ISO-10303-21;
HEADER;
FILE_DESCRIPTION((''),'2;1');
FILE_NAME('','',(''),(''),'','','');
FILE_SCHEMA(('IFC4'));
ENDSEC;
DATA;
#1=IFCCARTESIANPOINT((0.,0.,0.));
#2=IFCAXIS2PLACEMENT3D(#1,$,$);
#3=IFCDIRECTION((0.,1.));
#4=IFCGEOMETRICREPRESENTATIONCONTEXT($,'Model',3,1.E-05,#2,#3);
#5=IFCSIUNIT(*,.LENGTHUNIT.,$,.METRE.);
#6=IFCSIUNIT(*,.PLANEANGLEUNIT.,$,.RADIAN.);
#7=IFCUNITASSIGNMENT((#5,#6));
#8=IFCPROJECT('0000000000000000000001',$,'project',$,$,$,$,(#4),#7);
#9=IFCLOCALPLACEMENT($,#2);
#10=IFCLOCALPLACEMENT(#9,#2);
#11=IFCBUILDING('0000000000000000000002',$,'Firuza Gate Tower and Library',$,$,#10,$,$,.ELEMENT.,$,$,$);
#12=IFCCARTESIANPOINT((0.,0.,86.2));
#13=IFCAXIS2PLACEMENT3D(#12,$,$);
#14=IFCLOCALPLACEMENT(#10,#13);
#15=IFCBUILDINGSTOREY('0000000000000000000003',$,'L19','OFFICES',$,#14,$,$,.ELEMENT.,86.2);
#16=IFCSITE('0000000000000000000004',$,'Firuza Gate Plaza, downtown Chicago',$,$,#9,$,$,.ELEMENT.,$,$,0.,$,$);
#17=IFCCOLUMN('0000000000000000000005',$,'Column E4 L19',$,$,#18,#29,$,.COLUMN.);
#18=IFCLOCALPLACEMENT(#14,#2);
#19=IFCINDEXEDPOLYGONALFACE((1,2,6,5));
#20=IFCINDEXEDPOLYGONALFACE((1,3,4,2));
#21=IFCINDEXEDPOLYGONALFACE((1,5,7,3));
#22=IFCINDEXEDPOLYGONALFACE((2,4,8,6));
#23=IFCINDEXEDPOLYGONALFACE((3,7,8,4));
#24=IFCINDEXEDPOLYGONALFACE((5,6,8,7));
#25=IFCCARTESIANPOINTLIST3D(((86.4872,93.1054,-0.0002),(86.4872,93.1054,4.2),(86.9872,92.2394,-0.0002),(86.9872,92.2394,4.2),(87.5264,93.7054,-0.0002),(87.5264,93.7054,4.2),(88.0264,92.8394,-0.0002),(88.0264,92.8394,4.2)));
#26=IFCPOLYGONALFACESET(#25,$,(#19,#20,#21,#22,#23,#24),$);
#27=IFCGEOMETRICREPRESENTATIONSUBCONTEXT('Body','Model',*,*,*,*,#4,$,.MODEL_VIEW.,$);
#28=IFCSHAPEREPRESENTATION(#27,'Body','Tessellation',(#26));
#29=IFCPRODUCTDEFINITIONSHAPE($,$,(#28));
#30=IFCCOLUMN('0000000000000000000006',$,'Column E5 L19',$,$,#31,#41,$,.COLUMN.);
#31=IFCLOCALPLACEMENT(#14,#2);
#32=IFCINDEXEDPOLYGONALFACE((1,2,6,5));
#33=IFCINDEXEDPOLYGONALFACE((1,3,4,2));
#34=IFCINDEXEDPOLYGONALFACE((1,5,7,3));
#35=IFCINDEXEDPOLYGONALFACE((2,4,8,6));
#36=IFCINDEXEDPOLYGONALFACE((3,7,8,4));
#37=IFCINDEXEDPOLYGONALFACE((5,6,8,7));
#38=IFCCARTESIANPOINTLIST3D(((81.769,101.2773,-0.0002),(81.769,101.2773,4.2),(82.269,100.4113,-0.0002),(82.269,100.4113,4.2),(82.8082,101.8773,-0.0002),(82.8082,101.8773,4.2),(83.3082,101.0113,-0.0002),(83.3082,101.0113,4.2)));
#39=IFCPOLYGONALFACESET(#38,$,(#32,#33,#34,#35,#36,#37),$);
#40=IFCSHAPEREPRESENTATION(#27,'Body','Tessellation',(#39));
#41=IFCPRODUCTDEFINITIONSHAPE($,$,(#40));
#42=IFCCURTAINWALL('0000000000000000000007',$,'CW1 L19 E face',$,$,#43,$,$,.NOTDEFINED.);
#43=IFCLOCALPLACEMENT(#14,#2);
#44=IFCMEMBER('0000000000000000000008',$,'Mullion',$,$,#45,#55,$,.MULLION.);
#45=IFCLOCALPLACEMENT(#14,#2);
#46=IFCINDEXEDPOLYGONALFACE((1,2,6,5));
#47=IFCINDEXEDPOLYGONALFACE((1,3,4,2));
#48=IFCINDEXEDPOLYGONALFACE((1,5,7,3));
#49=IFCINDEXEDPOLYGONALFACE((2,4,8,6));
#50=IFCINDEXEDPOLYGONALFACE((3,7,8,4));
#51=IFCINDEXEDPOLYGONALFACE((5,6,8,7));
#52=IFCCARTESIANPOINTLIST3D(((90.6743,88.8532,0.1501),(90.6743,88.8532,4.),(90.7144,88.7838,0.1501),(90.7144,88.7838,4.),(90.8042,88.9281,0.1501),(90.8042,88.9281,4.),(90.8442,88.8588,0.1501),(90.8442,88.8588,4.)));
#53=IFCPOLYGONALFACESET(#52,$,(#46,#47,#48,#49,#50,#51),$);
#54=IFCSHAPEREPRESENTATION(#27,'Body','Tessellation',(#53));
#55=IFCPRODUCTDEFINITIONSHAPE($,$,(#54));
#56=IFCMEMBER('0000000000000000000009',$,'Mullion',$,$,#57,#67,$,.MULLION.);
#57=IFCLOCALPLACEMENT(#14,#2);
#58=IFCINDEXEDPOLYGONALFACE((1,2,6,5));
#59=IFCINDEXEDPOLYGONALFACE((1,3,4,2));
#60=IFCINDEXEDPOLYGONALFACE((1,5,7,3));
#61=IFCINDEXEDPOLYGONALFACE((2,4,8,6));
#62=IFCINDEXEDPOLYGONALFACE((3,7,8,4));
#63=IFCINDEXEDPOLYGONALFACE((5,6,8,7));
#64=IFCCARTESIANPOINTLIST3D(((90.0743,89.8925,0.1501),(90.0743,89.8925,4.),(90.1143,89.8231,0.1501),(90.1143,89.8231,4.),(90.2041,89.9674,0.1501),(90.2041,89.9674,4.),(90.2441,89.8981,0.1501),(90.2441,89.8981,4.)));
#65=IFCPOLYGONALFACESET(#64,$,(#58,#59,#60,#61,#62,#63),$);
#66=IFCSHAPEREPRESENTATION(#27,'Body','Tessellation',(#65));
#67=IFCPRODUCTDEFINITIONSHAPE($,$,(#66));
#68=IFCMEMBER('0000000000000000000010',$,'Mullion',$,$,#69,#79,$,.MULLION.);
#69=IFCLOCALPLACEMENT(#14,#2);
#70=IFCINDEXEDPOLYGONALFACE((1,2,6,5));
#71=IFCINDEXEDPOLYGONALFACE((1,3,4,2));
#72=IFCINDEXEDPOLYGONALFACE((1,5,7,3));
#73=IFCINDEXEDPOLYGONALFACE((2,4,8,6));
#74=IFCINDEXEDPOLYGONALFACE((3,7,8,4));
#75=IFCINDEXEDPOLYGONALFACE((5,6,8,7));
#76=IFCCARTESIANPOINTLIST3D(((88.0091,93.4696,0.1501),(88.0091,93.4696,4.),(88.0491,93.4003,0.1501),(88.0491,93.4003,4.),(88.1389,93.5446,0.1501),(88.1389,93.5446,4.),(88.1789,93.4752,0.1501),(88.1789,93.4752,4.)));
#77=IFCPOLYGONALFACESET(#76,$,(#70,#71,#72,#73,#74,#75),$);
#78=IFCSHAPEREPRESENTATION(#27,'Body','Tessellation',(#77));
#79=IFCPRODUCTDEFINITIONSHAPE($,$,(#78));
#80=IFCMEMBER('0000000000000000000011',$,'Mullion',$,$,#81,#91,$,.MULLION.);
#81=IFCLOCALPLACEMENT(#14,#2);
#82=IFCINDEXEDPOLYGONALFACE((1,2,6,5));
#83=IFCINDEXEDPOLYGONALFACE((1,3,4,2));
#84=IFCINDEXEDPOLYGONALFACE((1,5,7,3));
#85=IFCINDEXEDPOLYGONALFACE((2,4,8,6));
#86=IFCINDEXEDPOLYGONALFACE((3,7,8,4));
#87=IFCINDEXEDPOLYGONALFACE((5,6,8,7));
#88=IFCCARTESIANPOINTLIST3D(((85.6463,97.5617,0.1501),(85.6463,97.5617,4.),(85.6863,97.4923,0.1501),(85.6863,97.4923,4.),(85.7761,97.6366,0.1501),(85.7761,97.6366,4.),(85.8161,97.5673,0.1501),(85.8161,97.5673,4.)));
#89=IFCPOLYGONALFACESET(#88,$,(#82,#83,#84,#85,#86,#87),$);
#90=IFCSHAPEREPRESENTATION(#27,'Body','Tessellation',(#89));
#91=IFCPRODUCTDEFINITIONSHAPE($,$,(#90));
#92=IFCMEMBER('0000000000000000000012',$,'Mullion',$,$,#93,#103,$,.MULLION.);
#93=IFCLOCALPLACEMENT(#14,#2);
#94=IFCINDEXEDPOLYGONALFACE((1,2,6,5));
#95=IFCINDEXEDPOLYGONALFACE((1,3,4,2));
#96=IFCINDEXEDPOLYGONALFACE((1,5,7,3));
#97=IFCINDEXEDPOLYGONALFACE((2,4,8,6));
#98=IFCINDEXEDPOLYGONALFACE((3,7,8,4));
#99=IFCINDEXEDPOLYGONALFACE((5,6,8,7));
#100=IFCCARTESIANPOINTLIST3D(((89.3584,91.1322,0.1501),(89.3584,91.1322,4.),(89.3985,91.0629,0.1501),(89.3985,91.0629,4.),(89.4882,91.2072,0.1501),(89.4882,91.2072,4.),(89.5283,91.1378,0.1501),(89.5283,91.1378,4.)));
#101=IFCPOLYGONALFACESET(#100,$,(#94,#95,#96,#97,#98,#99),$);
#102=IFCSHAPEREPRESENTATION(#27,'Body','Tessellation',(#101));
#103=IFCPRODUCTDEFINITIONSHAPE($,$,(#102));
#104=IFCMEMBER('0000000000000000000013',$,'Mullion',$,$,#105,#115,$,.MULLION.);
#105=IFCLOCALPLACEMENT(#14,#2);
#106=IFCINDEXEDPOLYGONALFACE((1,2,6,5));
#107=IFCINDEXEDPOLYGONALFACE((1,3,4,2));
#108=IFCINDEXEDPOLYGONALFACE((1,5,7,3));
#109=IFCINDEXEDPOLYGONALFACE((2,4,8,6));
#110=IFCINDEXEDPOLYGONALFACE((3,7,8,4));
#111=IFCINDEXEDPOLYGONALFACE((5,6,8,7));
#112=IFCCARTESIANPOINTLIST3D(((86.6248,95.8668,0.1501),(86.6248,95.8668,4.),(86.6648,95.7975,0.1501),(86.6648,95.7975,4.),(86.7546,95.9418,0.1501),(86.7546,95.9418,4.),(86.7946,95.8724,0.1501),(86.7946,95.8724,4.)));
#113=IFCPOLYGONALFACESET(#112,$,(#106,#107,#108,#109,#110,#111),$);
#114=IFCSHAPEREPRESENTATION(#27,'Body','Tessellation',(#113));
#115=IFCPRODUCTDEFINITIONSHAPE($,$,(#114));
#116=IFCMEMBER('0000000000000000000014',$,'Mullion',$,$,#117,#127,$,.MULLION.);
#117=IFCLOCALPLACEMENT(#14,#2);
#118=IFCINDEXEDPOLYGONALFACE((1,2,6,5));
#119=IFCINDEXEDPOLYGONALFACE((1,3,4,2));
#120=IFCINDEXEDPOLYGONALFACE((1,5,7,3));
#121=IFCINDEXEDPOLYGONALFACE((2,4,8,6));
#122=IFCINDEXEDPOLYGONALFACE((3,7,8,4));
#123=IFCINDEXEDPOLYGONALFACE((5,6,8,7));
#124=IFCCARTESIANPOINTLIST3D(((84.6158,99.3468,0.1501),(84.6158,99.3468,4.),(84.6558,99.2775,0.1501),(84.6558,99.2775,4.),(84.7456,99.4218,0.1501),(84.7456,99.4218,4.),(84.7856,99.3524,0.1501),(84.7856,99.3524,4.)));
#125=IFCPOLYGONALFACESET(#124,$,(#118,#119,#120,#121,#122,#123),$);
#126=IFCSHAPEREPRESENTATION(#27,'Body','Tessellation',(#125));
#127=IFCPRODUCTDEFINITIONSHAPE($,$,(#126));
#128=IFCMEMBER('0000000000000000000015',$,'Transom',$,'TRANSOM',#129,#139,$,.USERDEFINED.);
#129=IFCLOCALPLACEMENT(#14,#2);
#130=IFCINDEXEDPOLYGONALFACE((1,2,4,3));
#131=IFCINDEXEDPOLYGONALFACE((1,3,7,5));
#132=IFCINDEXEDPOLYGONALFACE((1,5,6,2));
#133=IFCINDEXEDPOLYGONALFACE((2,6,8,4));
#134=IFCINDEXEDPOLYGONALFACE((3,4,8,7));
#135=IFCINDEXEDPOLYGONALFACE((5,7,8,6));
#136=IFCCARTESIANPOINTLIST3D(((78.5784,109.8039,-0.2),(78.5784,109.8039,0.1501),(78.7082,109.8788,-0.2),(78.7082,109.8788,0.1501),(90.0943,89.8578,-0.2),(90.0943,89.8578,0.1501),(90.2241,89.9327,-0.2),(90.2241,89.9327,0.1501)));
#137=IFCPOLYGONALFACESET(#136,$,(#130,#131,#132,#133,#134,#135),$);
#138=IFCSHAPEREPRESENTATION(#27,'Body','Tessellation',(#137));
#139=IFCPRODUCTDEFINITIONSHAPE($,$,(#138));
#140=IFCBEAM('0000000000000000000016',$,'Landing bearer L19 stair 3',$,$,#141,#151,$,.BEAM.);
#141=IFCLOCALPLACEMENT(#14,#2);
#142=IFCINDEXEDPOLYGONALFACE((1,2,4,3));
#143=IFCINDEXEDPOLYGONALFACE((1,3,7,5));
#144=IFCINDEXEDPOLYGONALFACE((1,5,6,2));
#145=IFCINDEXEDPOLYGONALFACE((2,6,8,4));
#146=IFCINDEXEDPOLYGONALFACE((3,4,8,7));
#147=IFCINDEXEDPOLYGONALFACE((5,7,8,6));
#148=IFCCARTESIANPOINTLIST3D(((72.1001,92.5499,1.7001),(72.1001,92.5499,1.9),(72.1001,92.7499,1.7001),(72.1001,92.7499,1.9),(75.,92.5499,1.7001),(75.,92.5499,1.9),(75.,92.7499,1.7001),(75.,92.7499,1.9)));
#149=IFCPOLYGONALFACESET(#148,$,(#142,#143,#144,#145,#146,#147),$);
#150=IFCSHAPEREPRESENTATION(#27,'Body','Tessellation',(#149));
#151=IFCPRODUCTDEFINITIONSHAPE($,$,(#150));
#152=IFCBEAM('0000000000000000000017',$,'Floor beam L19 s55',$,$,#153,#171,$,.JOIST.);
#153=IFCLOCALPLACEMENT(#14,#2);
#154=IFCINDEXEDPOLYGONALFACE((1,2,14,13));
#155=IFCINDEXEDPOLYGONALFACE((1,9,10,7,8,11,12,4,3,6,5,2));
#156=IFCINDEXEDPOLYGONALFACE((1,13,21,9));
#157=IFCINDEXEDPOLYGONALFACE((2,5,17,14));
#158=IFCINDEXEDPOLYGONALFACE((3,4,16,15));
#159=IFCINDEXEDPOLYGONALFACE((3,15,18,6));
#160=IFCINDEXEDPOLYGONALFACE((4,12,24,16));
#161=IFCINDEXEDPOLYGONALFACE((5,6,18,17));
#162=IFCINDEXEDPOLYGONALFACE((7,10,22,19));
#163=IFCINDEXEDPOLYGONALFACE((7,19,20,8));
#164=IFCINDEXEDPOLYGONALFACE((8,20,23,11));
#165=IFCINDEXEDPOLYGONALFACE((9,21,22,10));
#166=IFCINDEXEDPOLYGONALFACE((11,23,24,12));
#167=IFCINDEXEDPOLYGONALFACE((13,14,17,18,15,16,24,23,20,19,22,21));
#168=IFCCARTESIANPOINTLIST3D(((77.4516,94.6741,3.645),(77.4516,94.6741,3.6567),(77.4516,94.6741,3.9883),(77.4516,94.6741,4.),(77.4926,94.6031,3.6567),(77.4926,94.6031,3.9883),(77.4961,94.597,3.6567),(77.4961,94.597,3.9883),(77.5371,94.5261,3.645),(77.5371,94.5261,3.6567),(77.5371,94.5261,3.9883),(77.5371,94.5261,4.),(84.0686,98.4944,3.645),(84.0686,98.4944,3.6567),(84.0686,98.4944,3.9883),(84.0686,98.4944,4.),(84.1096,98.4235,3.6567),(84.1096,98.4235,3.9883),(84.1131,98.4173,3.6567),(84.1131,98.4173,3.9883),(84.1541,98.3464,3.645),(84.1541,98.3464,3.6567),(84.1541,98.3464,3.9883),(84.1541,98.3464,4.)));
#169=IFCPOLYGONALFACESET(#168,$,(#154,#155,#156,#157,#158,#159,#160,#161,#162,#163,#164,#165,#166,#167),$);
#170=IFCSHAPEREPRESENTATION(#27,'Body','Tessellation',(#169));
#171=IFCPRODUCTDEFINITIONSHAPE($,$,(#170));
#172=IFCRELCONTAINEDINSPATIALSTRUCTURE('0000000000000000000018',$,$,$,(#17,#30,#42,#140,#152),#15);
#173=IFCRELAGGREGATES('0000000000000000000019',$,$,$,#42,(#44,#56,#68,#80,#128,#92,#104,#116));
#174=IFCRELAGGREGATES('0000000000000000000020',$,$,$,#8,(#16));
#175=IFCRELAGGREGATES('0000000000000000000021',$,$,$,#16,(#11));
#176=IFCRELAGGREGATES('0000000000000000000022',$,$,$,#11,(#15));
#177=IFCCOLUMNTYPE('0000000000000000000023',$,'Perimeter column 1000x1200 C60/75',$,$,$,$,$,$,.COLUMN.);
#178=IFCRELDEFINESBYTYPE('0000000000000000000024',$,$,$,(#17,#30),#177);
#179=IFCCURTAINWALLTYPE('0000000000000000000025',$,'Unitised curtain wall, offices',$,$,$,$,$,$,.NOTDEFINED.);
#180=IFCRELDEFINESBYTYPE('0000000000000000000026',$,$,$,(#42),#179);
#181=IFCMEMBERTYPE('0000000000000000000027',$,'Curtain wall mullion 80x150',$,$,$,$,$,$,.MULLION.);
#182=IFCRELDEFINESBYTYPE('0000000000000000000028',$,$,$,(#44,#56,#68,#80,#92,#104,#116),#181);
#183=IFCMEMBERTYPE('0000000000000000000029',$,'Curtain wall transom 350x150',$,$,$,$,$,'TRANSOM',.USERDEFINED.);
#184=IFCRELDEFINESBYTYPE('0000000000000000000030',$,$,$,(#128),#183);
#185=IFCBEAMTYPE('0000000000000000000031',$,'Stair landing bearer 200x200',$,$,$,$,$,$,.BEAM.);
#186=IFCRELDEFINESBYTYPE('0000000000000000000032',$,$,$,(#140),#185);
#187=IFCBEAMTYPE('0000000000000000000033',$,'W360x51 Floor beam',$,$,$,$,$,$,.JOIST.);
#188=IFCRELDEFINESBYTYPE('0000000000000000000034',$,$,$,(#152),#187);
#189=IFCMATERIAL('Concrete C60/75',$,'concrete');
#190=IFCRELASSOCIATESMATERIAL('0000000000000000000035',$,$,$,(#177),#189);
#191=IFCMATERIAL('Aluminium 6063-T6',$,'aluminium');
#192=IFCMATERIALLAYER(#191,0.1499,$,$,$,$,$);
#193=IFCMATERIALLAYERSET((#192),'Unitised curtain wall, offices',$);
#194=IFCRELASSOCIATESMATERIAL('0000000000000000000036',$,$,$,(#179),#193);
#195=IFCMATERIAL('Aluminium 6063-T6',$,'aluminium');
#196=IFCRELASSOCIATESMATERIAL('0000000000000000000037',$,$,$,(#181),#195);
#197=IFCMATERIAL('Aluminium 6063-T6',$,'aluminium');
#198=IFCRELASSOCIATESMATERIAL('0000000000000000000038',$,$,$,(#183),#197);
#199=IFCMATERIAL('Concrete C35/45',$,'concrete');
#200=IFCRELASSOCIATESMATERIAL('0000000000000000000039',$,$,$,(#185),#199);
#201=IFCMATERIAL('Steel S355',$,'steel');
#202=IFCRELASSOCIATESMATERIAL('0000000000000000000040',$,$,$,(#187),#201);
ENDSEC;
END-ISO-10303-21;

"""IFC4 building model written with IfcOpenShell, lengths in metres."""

from ifc_helpers import new_model, si_unit, direction, frame, origin, origin_2d, place, context, subcontext, project, spatial, rectangle, i_section, extrude, material, layer, layer_set, material_profile, profile_set, type_object, element, aggregate, save


model = new_model("IFC4")

# Units and contexts
model_context = context("Model", 3, precision=1e-05, world=origin(), true_north=direction((0.0, 1.0)))
body_context = subcontext(model_context, "Body", "Model", "MODEL_VIEW")
ifc_project = project(units=[si_unit("LENGTHUNIT", "METRE"), si_unit("PLANEANGLEUNIT", "RADIAN")], contexts=[model_context])

# Site, building, storey
site_placement = place(None, origin())
site = spatial("IfcSite", under=ifc_project, at=site_placement, Name="Firuza Gate Plaza, downtown Chicago", CompositionType="ELEMENT", RefElevation=0.0)
building_placement = place(site_placement, origin())
building = spatial("IfcBuilding", under=site, at=building_placement, Name="Firuza Gate Tower and Library", CompositionType="ELEMENT")
storey_placement = place(building_placement, frame((0.0, 0.0, 86.2)))
storey = spatial("IfcBuildingStorey", under=building, at=storey_placement, Name="L19", Description="OFFICES", CompositionType="ELEMENT", Elevation=86.2)

# Columns
ifc_material_1 = material(Name="Concrete C60/75", Category="concrete")
ifc_material_profile_1 = material_profile(ifc_material_1, rectangle(XDim=1.0, YDim=1.2, at=origin_2d()))
ifc_profile_set_1 = profile_set([ifc_material_profile_1], Name="Concrete C60/75")
column_type = type_object("IfcColumnType", Name="Perimeter column 1000x1200 C60/75", PredefinedType="COLUMN", material=ifc_profile_set_1)
for number, where, z_axis, x_axis, name in (
    (1, (87.2568, 92.9724, -0.0002), (0.0, 0.0, 1.0), (-0.5, 0.866025, 0.0), "Column E4 L19"),
    (2, (82.5386, 101.1443, -0.0002), (0.0, 0.0, 1.0), (-0.5, 0.866025, 0.0), "Column E5 L19"),
):
    element("IfcColumn", number, at=place(storey_placement, frame(where, z_axis=z_axis, x_axis=x_axis)), inside=storey, type_object=column_type, Name=name, PredefinedType="COLUMN", context=body_context, shape_type="SweptSolid", body=[
        extrude(rectangle(XDim=1.0, YDim=1.2, at=origin_2d()), origin(), (0.0, 0.0, 1.0), 4.2002),
    ])

# Curtain wall, members
ifc_material_2 = material(Name="Aluminium 6063-T6", Category="aluminium")
ifc_layer_1 = layer(ifc_material_2, 0.1499)
ifc_layer_set_1 = layer_set([ifc_layer_1], Name="Unitised curtain wall, offices")
curtain_wall_type = type_object("IfcCurtainWallType", Name="Unitised curtain wall, offices", PredefinedType="NOTDEFINED", material=ifc_layer_set_1)
curtain_wall_placement = place(storey_placement, origin())
curtain_wall = element("IfcCurtainWall", 3, at=curtain_wall_placement, inside=storey, type_object=curtain_wall_type, Name="CW1 L19 E face", PredefinedType="NOTDEFINED")
ifc_material_3 = material(Name="Aluminium 6063-T6", Category="aluminium")
ifc_material_profile_2 = material_profile(ifc_material_3, rectangle(XDim=0.1499, YDim=0.0801, at=origin_2d()))
ifc_profile_set_2 = profile_set([ifc_material_profile_2], Name="Aluminium 6063-T6")
member_type_1 = type_object("IfcMemberType", Name="Curtain wall mullion 80x150", PredefinedType="MULLION", material=ifc_profile_set_2)
member_1_placement = place(storey_placement, frame((90.7593, 88.856, 0.1501), z_axis=(0.0, 0.0, 1.0), x_axis=(-0.866025, -0.5, 0.0)))
member_1 = element("IfcMember", 4, at=member_1_placement, type_object=member_type_1, Name="Mullion", PredefinedType="MULLION", context=body_context, shape_type="SweptSolid", body=[
    extrude(rectangle(XDim=0.1499, YDim=0.0801, at=origin_2d()), origin(), (0.0, 0.0, 1.0), 3.8499),
])
member_2_placement = place(storey_placement, frame((90.1592, 89.8953, 0.1501), z_axis=(0.0, 0.0, 1.0), x_axis=(-0.866025, -0.5, 0.0)))
member_2 = element("IfcMember", 5, at=member_2_placement, type_object=member_type_1, Name="Mullion", PredefinedType="MULLION", context=body_context, shape_type="SweptSolid", body=[
    extrude(rectangle(XDim=0.1499, YDim=0.0801, at=origin_2d()), origin(), (0.0, 0.0, 1.0), 3.8499),
])
member_3_placement = place(storey_placement, frame((88.094, 93.4724, 0.1501), z_axis=(0.0, 0.0, 1.0), x_axis=(-0.866025, -0.5, 0.0)))
member_3 = element("IfcMember", 6, at=member_3_placement, type_object=member_type_1, Name="Mullion", PredefinedType="MULLION", context=body_context, shape_type="SweptSolid", body=[
    extrude(rectangle(XDim=0.1499, YDim=0.0801, at=origin_2d()), origin(), (0.0, 0.0, 1.0), 3.8499),
])
member_4_placement = place(storey_placement, frame((85.7312, 97.5645, 0.1501), z_axis=(0.0, 0.0, 1.0), x_axis=(-0.866025, -0.5, 0.0)))
member_4 = element("IfcMember", 7, at=member_4_placement, type_object=member_type_1, Name="Mullion", PredefinedType="MULLION", context=body_context, shape_type="SweptSolid", body=[
    extrude(rectangle(XDim=0.1499, YDim=0.0801, at=origin_2d()), origin(), (0.0, 0.0, 1.0), 3.8499),
])
member_5_placement = place(storey_placement, frame((89.4434, 91.135, 0.1501), z_axis=(0.0, 0.0, 1.0), x_axis=(-0.866025, -0.5, 0.0)))
member_5 = element("IfcMember", 8, at=member_5_placement, type_object=member_type_1, Name="Mullion", PredefinedType="MULLION", context=body_context, shape_type="SweptSolid", body=[
    extrude(rectangle(XDim=0.1499, YDim=0.0801, at=origin_2d()), origin(), (0.0, 0.0, 1.0), 3.8499),
])
member_6_placement = place(storey_placement, frame((86.7097, 95.8696, 0.1501), z_axis=(0.0, 0.0, 1.0), x_axis=(-0.866025, -0.5, 0.0)))
member_6 = element("IfcMember", 9, at=member_6_placement, type_object=member_type_1, Name="Mullion", PredefinedType="MULLION", context=body_context, shape_type="SweptSolid", body=[
    extrude(rectangle(XDim=0.1499, YDim=0.0801, at=origin_2d()), origin(), (0.0, 0.0, 1.0), 3.8499),
])
member_7_placement = place(storey_placement, frame((84.7007, 99.3496, 0.1501), z_axis=(0.0, 0.0, 1.0), x_axis=(-0.866025, -0.5, 0.0)))
member_7 = element("IfcMember", 10, at=member_7_placement, type_object=member_type_1, Name="Mullion", PredefinedType="MULLION", context=body_context, shape_type="SweptSolid", body=[
    extrude(rectangle(XDim=0.1499, YDim=0.0801, at=origin_2d()), origin(), (0.0, 0.0, 1.0), 3.8499),
])
ifc_material_4 = material(Name="Aluminium 6063-T6", Category="aluminium")
ifc_material_profile_3 = material_profile(ifc_material_4, rectangle(XDim=0.1499, YDim=0.3501, at=origin_2d()))
ifc_profile_set_3 = profile_set([ifc_material_profile_3], Name="Aluminium 6063-T6")
member_type_2 = type_object("IfcMemberType", Name="Curtain wall transom 350x150", ElementType="TRANSOM", PredefinedType="USERDEFINED", material=ifc_profile_set_3)
member_8_placement = place(storey_placement, frame((90.1592, 89.8953, -0.0249), z_axis=(-0.5, 0.866025, 0.0), x_axis=(-0.866025, -0.5, 0.0)))
member_8 = element("IfcMember", 11, at=member_8_placement, type_object=member_type_2, Name="Transom", ObjectType="TRANSOM", PredefinedType="USERDEFINED", context=body_context, shape_type="SweptSolid", body=[
    extrude(rectangle(XDim=0.1499, YDim=0.3501, at=origin_2d()), origin(), (0.0, 0.0, 1.0), 23.0317),
])

# Beams
ifc_material_5 = material(Name="Concrete C35/45", Category="concrete")
ifc_material_profile_4 = material_profile(ifc_material_5, rectangle(XDim=0.2, YDim=0.2, at=origin_2d()))
ifc_profile_set_4 = profile_set([ifc_material_profile_4], Name="Concrete C35/45")
beam_type_1 = type_object("IfcBeamType", Name="Stair landing bearer 200x200", PredefinedType="BEAM", material=ifc_profile_set_4)
beam_1_placement = place(storey_placement, frame((75.0, 92.6499, 1.8), z_axis=(-1.0, 0.0, 0.0), x_axis=(0.0, -1.0, 0.0)))
element("IfcBeam", 12, at=beam_1_placement, inside=storey, type_object=beam_type_1, Name="Landing bearer L19 stair 3", PredefinedType="BEAM", context=body_context, shape_type="SweptSolid", body=[
    extrude(rectangle(XDim=0.2, YDim=0.2, at=origin_2d()), origin(), (0.0, 0.0, 1.0), 2.8999),
])
ifc_material_6 = material(Name="Steel S355", Category="steel")
ifc_material_profile_5 = material_profile(ifc_material_6, i_section(OverallWidth=0.1709, OverallDepth=0.355, WebThickness=0.0071, FlangeThickness=0.0117, at=origin_2d()))
ifc_profile_set_5 = profile_set([ifc_material_profile_5], Name="Steel S355")
beam_type_2 = type_object("IfcBeamType", Name="W360x51 Floor beam", PredefinedType="JOIST", material=ifc_profile_set_5)
beam_2_placement = place(storey_placement, frame((84.1113, 98.4204, 3.8225), z_axis=(-0.866024, -0.500002, 0.0), x_axis=(0.500002, -0.866024, 0.0)))
element("IfcBeam", 13, at=beam_2_placement, inside=storey, type_object=beam_type_2, Name="Floor beam L19 s55", PredefinedType="JOIST", context=body_context, shape_type="SweptSolid", body=[
    extrude(i_section(OverallWidth=0.1709, OverallDepth=0.355, WebThickness=0.0071, FlangeThickness=0.0117, at=origin_2d()), origin(), (0.0, 0.0, 1.0), 7.6406),
])

aggregate(curtain_wall, [member_1, member_2, member_3, member_4, member_8, member_5, member_6, member_7])

save(model, "model.ifc")
